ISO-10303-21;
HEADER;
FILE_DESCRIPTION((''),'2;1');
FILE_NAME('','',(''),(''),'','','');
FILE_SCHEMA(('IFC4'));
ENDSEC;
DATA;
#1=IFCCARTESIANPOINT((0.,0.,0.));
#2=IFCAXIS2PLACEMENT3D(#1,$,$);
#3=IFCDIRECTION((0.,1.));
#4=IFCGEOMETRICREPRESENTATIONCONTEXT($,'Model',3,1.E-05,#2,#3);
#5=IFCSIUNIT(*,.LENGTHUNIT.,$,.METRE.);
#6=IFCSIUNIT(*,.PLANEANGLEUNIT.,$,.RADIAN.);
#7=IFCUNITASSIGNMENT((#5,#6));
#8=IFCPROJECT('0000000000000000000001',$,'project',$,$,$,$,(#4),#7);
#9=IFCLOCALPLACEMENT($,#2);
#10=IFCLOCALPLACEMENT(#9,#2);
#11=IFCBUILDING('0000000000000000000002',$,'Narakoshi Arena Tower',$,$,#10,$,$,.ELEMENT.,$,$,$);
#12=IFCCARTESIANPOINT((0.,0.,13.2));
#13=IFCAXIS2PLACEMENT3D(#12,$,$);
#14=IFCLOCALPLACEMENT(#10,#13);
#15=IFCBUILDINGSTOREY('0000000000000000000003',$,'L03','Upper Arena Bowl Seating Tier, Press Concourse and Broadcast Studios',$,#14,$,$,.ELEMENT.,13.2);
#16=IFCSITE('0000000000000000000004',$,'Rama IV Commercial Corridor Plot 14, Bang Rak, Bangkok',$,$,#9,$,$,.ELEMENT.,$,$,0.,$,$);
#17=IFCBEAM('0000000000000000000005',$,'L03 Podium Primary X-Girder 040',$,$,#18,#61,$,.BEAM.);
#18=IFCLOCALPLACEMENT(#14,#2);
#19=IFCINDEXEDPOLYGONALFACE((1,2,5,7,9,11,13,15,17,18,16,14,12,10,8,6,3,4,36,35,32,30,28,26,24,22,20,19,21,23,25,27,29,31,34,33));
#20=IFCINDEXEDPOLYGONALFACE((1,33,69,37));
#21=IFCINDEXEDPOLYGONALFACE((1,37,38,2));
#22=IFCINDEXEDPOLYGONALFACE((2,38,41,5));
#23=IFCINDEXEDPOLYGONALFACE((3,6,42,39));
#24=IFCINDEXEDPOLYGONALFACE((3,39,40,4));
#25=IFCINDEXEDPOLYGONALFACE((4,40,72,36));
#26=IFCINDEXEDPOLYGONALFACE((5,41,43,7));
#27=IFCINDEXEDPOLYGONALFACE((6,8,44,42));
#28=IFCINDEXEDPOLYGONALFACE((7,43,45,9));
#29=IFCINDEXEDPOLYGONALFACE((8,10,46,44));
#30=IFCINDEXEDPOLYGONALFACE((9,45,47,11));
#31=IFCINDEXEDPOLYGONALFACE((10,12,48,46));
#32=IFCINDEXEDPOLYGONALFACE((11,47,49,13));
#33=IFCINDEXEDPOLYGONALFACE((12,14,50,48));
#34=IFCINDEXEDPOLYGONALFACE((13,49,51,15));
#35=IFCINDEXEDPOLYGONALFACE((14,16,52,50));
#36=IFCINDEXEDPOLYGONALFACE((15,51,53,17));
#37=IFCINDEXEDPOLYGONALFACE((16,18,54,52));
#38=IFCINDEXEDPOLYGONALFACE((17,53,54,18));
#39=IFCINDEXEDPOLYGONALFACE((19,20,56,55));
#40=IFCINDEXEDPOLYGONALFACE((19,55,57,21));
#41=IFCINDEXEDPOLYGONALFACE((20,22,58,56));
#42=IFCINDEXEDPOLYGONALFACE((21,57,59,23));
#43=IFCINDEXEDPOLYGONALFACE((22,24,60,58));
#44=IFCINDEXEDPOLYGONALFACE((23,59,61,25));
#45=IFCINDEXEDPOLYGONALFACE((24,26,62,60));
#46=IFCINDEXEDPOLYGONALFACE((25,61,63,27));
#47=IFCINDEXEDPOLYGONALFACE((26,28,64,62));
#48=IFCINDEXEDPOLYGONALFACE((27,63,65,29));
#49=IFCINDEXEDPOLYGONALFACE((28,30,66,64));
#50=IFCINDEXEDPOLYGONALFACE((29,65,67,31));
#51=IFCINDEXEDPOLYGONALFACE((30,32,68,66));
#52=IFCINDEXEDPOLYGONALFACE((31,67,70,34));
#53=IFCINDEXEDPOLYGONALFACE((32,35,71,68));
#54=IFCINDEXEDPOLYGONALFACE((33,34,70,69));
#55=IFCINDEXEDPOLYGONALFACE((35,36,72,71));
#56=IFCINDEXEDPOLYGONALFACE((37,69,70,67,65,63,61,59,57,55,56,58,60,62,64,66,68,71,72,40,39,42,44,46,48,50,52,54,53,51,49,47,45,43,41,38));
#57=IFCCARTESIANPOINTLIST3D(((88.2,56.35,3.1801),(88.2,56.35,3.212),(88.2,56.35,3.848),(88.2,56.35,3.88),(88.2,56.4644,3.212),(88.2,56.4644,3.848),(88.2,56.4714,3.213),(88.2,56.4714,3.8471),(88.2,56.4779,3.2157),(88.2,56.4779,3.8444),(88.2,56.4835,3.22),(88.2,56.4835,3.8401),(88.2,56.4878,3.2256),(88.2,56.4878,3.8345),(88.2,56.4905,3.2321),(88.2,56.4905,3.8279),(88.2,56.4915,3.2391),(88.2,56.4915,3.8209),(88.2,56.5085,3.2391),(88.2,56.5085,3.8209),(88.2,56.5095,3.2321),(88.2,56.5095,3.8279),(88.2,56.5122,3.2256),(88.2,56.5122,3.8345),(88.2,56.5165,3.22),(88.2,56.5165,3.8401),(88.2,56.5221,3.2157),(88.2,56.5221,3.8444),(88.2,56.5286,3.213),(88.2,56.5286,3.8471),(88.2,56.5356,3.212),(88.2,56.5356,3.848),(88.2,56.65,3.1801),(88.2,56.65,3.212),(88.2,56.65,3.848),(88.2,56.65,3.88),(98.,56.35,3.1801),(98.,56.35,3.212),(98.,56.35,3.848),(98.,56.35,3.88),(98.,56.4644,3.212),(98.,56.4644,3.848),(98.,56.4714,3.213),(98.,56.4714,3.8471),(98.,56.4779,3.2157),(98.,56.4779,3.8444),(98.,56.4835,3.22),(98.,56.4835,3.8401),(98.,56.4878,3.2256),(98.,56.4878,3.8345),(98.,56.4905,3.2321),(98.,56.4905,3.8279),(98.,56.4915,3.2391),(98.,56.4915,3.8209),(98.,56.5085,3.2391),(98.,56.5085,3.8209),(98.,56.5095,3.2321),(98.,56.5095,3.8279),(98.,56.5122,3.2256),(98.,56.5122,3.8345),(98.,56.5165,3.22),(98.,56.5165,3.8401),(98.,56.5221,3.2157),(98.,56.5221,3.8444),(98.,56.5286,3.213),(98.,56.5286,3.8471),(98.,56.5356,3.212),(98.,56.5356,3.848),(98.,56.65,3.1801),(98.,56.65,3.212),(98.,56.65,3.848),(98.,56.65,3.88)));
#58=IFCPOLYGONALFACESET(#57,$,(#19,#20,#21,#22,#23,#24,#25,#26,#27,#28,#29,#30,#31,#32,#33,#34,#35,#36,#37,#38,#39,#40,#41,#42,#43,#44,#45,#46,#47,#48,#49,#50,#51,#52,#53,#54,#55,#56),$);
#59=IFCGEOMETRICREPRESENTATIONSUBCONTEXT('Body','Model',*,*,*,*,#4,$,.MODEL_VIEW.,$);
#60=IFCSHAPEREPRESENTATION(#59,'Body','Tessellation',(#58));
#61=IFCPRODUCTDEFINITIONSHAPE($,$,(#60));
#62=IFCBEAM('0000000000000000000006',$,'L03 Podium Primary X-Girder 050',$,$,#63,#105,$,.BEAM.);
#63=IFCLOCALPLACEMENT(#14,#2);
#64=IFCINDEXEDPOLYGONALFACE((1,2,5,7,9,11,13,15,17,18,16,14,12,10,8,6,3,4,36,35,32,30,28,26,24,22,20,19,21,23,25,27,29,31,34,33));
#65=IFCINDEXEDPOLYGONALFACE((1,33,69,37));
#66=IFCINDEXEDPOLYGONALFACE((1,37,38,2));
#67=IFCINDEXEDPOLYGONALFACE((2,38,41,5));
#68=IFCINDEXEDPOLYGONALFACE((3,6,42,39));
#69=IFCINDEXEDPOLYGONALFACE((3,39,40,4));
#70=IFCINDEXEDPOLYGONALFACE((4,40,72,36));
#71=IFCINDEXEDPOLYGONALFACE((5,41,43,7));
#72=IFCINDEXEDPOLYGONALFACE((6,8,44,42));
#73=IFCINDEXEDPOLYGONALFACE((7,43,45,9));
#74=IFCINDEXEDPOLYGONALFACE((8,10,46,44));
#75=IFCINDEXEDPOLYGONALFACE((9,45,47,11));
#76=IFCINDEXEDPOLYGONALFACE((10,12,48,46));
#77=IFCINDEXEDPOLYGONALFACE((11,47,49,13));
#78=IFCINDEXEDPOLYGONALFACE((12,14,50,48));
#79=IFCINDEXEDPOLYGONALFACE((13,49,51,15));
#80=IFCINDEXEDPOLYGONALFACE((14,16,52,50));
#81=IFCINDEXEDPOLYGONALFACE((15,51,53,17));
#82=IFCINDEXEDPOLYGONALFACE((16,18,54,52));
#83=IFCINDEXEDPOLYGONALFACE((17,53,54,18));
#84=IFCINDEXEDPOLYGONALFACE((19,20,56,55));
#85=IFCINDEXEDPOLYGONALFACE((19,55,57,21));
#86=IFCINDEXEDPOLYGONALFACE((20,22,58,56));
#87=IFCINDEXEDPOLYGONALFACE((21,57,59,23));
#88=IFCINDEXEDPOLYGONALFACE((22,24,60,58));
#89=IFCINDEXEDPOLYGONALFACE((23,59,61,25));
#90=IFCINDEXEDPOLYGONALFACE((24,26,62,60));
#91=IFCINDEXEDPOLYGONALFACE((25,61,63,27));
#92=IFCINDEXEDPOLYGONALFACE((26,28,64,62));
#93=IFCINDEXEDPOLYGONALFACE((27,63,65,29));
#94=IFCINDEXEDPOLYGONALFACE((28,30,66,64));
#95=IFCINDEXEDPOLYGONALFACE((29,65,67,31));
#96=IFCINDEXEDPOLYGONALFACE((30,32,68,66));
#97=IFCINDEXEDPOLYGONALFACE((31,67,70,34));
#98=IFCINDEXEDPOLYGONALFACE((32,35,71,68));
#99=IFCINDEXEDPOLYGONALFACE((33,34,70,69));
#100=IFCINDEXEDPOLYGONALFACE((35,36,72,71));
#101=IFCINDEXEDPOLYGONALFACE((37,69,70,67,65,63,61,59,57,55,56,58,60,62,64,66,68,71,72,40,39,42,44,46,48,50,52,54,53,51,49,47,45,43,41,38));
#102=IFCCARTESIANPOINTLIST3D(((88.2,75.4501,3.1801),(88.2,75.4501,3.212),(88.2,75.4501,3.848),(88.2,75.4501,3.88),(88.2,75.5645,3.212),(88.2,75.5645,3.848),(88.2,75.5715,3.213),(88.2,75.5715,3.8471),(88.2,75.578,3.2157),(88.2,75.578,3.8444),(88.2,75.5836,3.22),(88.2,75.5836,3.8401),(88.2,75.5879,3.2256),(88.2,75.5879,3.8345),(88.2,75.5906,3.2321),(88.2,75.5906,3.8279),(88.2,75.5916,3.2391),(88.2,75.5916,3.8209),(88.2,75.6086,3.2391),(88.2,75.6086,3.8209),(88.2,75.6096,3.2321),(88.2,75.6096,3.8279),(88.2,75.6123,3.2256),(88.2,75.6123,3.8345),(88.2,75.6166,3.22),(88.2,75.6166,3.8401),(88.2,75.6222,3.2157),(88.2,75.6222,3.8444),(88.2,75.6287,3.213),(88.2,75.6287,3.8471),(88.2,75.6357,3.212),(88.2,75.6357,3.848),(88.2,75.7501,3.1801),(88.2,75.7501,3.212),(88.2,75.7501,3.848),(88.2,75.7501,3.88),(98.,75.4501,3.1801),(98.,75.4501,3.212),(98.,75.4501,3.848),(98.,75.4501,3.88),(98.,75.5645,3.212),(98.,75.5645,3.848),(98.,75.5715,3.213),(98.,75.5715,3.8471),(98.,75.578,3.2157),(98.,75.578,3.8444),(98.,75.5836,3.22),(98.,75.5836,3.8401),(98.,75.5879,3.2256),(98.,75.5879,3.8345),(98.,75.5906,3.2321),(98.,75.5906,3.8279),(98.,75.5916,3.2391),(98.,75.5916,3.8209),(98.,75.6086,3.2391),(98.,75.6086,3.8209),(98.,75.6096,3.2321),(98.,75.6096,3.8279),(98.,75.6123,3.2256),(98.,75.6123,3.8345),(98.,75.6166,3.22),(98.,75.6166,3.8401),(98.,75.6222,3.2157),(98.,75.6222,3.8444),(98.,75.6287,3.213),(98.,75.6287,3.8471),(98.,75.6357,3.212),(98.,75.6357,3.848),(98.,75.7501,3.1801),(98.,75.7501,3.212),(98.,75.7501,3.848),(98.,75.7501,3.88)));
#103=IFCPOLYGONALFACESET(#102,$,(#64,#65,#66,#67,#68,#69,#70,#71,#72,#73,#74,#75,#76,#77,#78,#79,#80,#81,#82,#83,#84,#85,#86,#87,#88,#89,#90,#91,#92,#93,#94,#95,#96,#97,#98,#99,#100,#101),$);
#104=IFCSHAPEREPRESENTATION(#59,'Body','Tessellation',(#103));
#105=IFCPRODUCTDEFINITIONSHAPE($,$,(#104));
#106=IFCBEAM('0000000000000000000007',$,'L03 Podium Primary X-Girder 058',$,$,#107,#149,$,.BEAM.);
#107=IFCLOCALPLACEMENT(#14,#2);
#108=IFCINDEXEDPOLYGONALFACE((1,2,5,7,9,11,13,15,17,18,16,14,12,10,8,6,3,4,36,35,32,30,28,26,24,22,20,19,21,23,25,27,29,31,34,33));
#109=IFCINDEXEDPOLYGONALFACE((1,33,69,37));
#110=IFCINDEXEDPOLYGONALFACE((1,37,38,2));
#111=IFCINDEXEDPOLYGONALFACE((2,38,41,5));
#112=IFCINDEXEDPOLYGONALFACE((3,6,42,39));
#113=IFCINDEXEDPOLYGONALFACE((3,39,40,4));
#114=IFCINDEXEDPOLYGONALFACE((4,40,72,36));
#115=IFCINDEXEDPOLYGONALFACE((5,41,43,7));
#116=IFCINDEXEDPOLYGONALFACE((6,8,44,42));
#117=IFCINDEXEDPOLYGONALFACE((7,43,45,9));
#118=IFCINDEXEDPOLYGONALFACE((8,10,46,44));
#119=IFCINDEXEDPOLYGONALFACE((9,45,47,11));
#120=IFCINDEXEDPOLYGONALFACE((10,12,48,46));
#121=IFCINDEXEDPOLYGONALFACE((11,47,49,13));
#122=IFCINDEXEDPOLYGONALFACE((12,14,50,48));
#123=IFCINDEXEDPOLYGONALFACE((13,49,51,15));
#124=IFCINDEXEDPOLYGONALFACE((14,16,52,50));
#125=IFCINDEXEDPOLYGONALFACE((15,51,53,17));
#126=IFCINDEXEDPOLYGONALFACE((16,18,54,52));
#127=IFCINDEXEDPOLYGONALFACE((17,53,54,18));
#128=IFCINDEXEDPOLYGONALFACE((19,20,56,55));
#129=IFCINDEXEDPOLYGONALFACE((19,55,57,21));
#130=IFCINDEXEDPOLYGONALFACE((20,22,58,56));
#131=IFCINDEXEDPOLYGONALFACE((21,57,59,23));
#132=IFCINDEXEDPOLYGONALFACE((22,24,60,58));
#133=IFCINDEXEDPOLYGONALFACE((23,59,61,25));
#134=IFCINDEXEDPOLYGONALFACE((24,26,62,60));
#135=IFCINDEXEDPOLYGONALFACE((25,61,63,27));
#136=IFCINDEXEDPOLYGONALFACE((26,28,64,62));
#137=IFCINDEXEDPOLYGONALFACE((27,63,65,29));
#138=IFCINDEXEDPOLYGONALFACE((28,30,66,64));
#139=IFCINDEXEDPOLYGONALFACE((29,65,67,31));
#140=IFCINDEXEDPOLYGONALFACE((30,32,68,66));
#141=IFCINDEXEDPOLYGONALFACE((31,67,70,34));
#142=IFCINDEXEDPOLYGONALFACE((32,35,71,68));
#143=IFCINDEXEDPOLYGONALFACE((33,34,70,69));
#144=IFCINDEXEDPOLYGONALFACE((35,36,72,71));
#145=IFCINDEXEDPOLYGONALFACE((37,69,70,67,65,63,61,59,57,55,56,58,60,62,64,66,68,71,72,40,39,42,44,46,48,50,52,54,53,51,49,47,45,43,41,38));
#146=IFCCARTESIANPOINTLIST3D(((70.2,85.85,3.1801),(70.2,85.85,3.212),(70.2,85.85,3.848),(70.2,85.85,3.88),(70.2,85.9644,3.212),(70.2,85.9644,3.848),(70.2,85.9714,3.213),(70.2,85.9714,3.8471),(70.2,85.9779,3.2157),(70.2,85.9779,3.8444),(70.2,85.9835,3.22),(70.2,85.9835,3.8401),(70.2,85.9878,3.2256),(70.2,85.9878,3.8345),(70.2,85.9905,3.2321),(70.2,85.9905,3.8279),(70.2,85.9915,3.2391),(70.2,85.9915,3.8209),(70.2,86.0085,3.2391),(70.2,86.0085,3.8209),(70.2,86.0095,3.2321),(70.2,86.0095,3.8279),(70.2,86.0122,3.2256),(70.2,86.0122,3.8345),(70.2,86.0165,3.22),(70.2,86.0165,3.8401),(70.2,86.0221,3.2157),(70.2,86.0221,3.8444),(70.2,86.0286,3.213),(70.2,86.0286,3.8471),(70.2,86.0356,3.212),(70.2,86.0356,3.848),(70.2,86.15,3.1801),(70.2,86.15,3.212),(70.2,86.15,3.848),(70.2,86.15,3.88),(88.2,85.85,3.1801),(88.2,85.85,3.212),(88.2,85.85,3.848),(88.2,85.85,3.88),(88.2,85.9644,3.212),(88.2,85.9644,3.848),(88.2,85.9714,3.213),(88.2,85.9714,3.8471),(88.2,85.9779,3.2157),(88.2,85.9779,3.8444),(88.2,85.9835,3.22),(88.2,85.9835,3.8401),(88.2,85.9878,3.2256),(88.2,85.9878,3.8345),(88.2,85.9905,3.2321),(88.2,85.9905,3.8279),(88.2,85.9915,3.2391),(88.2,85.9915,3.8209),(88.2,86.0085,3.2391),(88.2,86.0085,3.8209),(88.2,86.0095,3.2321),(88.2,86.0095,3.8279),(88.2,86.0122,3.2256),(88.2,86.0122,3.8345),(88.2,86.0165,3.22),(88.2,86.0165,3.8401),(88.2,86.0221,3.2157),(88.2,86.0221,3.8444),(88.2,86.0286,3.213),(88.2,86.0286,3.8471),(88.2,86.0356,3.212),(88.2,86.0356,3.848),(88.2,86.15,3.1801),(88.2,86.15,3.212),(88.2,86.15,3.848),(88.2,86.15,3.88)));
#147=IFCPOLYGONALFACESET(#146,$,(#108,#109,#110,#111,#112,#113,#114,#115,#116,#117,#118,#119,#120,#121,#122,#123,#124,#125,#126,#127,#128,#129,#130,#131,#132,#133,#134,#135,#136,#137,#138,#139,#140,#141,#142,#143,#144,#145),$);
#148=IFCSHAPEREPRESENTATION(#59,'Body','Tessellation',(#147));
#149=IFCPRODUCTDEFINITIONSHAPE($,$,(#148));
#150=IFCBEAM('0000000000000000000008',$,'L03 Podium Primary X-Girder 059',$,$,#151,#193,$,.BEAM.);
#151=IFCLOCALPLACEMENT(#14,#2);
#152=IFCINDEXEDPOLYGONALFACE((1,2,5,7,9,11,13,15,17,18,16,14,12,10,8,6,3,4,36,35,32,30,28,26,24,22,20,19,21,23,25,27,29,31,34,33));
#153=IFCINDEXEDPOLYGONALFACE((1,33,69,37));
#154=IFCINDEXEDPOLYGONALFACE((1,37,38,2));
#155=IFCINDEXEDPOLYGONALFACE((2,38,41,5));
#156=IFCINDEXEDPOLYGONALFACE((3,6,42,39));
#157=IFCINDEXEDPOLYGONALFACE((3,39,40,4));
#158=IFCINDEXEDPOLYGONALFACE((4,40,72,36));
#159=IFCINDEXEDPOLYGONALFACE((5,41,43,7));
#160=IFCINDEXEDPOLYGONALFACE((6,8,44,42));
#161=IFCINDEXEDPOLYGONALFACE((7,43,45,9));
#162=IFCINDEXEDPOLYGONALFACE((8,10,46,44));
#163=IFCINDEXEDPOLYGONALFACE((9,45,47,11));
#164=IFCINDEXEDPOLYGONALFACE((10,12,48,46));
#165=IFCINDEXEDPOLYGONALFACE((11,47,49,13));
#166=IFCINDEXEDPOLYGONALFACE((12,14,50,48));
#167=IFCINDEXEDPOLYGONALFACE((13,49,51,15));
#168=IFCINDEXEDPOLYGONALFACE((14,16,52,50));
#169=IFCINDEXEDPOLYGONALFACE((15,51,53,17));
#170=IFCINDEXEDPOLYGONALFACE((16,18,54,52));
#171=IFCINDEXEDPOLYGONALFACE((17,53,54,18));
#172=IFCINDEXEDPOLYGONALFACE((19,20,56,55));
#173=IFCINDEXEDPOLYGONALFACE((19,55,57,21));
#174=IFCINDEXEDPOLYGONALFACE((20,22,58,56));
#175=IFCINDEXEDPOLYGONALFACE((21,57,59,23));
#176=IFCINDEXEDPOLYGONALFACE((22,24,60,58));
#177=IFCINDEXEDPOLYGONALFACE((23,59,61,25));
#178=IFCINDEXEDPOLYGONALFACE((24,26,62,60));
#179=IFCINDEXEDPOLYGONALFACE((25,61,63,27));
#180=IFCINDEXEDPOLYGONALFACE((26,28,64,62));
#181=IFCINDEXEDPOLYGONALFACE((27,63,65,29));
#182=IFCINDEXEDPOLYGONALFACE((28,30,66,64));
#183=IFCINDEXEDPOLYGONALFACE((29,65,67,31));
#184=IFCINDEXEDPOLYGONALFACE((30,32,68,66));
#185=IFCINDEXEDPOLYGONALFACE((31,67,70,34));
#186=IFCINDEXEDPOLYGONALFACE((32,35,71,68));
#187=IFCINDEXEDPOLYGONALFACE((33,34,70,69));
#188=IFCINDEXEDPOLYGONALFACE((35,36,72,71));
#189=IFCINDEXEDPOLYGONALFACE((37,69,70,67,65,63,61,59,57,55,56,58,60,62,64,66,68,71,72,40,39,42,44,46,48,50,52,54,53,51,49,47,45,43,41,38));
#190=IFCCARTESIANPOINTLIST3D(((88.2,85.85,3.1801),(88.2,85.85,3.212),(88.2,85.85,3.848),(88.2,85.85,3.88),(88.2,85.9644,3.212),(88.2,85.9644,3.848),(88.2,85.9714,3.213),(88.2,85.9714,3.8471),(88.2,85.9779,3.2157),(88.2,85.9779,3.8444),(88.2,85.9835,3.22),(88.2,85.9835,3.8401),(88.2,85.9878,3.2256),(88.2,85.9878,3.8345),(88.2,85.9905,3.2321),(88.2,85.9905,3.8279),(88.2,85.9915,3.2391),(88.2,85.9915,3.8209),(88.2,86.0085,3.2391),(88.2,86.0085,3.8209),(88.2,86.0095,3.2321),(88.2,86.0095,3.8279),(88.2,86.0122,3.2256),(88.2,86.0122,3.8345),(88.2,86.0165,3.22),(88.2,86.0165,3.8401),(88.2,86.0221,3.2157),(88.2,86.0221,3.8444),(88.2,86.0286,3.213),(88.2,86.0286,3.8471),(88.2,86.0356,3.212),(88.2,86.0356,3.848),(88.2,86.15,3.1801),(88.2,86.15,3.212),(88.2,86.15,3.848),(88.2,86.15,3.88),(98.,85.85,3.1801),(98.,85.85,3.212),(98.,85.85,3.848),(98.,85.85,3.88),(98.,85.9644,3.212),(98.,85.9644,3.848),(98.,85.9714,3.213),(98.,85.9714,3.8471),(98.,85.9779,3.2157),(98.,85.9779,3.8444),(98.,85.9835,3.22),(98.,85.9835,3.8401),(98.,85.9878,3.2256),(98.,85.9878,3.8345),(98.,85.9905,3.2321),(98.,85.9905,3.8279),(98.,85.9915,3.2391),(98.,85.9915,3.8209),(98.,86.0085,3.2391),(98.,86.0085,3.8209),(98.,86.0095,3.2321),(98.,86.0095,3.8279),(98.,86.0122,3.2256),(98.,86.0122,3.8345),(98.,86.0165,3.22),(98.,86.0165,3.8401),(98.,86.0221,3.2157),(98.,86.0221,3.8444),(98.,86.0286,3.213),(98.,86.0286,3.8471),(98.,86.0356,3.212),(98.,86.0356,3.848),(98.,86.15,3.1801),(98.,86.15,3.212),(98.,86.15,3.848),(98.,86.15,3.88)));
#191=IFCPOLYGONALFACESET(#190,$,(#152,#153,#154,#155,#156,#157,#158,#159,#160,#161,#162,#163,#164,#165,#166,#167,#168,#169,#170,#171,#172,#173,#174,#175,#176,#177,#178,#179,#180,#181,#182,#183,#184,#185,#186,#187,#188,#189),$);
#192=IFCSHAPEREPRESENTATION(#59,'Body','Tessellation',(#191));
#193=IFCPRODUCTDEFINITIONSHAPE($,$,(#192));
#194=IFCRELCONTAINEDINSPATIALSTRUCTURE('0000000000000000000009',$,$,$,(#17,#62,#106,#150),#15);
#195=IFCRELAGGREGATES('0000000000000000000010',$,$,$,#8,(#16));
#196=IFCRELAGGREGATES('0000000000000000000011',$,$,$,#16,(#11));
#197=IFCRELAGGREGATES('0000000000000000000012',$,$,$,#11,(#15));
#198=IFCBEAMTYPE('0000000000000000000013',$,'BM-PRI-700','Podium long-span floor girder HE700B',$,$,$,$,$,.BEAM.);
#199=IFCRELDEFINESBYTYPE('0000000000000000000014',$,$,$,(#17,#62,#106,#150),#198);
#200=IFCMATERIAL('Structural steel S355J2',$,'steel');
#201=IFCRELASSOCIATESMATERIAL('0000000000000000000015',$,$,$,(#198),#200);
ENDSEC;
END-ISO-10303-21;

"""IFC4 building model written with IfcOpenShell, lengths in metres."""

from ifc_helpers import new_model, si_unit, direction, frame, origin, origin_2d, place, context, subcontext, project, spatial, i_section, extrude, material, material_profile, profile_set, type_object, element, save


model = new_model("IFC4")

# Units and contexts
model_context = context("Model", 3, precision=1e-05, world=origin(), true_north=direction((0.0, 1.0)))
body_context = subcontext(model_context, "Body", "Model", "MODEL_VIEW")
ifc_project = project(units=[si_unit("LENGTHUNIT", "METRE"), si_unit("PLANEANGLEUNIT", "RADIAN")], contexts=[model_context])

# Site, building, storey
site_placement = place(None, origin())
site = spatial("IfcSite", under=ifc_project, at=site_placement, Name="Rama IV Commercial Corridor Plot 14, Bang Rak, Bangkok", CompositionType="ELEMENT", RefElevation=0.0)
building_placement = place(site_placement, origin())
building = spatial("IfcBuilding", under=site, at=building_placement, Name="Narakoshi Arena Tower", CompositionType="ELEMENT")
storey_placement = place(building_placement, frame((0.0, 0.0, 13.2)))
storey = spatial("IfcBuildingStorey", under=building, at=storey_placement, Name="L03", Description="Upper Arena Bowl Seating Tier, Press Concourse and Broadcast Studios", CompositionType="ELEMENT", Elevation=13.2)

# Beams
ifc_material_1 = material(Name="Structural steel S355J2", Category="steel")
ifc_material_profile_1 = material_profile(ifc_material_1, i_section(OverallWidth=0.3, OverallDepth=0.7, WebThickness=0.0171, FlangeThickness=0.032, FilletRadius=0.0271, at=origin_2d()), Name="HE700B")
ifc_profile_set_1 = profile_set([ifc_material_profile_1], Name="Structural steel S355J2")
beam_type_1 = type_object("IfcBeamType", Name="BM-PRI-700", Description="Podium long-span floor girder HE700B", PredefinedType="BEAM", material=ifc_profile_set_1)
for number, where, z_axis, x_axis, name in (
    (1, (88.2, 56.5, 3.53), (1.0, 0.0, 0.0), (0.0, 1.0, 0.0), "L03 Podium Primary X-Girder 040"),
    (2, (88.2, 75.6001, 3.53), (1.0, 0.0, 0.0), (0.0, 1.0, 0.0), "L03 Podium Primary X-Girder 050"),
):
    element("IfcBeam", number, at=place(storey_placement, frame(where, z_axis=z_axis, x_axis=x_axis)), inside=storey, type_object=beam_type_1, Name=name, PredefinedType="BEAM", context=body_context, shape_type="SweptSolid", body=[
        extrude(i_section(OverallWidth=0.3, OverallDepth=0.7, WebThickness=0.0171, FlangeThickness=0.032, FilletRadius=0.0271, at=origin_2d()), origin(), (0.0, 0.0, 1.0), 9.8),
    ])
beam_1_placement = place(storey_placement, frame((70.2, 86.0, 3.53), z_axis=(1.0, 0.0, 0.0), x_axis=(0.0, 1.0, 0.0)))
element("IfcBeam", 3, at=beam_1_placement, inside=storey, type_object=beam_type_1, Name="L03 Podium Primary X-Girder 058", PredefinedType="BEAM", context=body_context, shape_type="SweptSolid", body=[
    extrude(i_section(OverallWidth=0.3, OverallDepth=0.7, WebThickness=0.0171, FlangeThickness=0.032, FilletRadius=0.0271, at=origin_2d()), origin(), (0.0, 0.0, 1.0), 18.0),
])
beam_2_placement = place(storey_placement, frame((88.2, 86.0, 3.53), z_axis=(1.0, 0.0, 0.0), x_axis=(0.0, 1.0, 0.0)))
element("IfcBeam", 4, at=beam_2_placement, inside=storey, type_object=beam_type_1, Name="L03 Podium Primary X-Girder 059", PredefinedType="BEAM", context=body_context, shape_type="SweptSolid", body=[
    extrude(i_section(OverallWidth=0.3, OverallDepth=0.7, WebThickness=0.0171, FlangeThickness=0.032, FilletRadius=0.0271, at=origin_2d()), origin(), (0.0, 0.0, 1.0), 9.8),
])

save(model, "model.ifc")
